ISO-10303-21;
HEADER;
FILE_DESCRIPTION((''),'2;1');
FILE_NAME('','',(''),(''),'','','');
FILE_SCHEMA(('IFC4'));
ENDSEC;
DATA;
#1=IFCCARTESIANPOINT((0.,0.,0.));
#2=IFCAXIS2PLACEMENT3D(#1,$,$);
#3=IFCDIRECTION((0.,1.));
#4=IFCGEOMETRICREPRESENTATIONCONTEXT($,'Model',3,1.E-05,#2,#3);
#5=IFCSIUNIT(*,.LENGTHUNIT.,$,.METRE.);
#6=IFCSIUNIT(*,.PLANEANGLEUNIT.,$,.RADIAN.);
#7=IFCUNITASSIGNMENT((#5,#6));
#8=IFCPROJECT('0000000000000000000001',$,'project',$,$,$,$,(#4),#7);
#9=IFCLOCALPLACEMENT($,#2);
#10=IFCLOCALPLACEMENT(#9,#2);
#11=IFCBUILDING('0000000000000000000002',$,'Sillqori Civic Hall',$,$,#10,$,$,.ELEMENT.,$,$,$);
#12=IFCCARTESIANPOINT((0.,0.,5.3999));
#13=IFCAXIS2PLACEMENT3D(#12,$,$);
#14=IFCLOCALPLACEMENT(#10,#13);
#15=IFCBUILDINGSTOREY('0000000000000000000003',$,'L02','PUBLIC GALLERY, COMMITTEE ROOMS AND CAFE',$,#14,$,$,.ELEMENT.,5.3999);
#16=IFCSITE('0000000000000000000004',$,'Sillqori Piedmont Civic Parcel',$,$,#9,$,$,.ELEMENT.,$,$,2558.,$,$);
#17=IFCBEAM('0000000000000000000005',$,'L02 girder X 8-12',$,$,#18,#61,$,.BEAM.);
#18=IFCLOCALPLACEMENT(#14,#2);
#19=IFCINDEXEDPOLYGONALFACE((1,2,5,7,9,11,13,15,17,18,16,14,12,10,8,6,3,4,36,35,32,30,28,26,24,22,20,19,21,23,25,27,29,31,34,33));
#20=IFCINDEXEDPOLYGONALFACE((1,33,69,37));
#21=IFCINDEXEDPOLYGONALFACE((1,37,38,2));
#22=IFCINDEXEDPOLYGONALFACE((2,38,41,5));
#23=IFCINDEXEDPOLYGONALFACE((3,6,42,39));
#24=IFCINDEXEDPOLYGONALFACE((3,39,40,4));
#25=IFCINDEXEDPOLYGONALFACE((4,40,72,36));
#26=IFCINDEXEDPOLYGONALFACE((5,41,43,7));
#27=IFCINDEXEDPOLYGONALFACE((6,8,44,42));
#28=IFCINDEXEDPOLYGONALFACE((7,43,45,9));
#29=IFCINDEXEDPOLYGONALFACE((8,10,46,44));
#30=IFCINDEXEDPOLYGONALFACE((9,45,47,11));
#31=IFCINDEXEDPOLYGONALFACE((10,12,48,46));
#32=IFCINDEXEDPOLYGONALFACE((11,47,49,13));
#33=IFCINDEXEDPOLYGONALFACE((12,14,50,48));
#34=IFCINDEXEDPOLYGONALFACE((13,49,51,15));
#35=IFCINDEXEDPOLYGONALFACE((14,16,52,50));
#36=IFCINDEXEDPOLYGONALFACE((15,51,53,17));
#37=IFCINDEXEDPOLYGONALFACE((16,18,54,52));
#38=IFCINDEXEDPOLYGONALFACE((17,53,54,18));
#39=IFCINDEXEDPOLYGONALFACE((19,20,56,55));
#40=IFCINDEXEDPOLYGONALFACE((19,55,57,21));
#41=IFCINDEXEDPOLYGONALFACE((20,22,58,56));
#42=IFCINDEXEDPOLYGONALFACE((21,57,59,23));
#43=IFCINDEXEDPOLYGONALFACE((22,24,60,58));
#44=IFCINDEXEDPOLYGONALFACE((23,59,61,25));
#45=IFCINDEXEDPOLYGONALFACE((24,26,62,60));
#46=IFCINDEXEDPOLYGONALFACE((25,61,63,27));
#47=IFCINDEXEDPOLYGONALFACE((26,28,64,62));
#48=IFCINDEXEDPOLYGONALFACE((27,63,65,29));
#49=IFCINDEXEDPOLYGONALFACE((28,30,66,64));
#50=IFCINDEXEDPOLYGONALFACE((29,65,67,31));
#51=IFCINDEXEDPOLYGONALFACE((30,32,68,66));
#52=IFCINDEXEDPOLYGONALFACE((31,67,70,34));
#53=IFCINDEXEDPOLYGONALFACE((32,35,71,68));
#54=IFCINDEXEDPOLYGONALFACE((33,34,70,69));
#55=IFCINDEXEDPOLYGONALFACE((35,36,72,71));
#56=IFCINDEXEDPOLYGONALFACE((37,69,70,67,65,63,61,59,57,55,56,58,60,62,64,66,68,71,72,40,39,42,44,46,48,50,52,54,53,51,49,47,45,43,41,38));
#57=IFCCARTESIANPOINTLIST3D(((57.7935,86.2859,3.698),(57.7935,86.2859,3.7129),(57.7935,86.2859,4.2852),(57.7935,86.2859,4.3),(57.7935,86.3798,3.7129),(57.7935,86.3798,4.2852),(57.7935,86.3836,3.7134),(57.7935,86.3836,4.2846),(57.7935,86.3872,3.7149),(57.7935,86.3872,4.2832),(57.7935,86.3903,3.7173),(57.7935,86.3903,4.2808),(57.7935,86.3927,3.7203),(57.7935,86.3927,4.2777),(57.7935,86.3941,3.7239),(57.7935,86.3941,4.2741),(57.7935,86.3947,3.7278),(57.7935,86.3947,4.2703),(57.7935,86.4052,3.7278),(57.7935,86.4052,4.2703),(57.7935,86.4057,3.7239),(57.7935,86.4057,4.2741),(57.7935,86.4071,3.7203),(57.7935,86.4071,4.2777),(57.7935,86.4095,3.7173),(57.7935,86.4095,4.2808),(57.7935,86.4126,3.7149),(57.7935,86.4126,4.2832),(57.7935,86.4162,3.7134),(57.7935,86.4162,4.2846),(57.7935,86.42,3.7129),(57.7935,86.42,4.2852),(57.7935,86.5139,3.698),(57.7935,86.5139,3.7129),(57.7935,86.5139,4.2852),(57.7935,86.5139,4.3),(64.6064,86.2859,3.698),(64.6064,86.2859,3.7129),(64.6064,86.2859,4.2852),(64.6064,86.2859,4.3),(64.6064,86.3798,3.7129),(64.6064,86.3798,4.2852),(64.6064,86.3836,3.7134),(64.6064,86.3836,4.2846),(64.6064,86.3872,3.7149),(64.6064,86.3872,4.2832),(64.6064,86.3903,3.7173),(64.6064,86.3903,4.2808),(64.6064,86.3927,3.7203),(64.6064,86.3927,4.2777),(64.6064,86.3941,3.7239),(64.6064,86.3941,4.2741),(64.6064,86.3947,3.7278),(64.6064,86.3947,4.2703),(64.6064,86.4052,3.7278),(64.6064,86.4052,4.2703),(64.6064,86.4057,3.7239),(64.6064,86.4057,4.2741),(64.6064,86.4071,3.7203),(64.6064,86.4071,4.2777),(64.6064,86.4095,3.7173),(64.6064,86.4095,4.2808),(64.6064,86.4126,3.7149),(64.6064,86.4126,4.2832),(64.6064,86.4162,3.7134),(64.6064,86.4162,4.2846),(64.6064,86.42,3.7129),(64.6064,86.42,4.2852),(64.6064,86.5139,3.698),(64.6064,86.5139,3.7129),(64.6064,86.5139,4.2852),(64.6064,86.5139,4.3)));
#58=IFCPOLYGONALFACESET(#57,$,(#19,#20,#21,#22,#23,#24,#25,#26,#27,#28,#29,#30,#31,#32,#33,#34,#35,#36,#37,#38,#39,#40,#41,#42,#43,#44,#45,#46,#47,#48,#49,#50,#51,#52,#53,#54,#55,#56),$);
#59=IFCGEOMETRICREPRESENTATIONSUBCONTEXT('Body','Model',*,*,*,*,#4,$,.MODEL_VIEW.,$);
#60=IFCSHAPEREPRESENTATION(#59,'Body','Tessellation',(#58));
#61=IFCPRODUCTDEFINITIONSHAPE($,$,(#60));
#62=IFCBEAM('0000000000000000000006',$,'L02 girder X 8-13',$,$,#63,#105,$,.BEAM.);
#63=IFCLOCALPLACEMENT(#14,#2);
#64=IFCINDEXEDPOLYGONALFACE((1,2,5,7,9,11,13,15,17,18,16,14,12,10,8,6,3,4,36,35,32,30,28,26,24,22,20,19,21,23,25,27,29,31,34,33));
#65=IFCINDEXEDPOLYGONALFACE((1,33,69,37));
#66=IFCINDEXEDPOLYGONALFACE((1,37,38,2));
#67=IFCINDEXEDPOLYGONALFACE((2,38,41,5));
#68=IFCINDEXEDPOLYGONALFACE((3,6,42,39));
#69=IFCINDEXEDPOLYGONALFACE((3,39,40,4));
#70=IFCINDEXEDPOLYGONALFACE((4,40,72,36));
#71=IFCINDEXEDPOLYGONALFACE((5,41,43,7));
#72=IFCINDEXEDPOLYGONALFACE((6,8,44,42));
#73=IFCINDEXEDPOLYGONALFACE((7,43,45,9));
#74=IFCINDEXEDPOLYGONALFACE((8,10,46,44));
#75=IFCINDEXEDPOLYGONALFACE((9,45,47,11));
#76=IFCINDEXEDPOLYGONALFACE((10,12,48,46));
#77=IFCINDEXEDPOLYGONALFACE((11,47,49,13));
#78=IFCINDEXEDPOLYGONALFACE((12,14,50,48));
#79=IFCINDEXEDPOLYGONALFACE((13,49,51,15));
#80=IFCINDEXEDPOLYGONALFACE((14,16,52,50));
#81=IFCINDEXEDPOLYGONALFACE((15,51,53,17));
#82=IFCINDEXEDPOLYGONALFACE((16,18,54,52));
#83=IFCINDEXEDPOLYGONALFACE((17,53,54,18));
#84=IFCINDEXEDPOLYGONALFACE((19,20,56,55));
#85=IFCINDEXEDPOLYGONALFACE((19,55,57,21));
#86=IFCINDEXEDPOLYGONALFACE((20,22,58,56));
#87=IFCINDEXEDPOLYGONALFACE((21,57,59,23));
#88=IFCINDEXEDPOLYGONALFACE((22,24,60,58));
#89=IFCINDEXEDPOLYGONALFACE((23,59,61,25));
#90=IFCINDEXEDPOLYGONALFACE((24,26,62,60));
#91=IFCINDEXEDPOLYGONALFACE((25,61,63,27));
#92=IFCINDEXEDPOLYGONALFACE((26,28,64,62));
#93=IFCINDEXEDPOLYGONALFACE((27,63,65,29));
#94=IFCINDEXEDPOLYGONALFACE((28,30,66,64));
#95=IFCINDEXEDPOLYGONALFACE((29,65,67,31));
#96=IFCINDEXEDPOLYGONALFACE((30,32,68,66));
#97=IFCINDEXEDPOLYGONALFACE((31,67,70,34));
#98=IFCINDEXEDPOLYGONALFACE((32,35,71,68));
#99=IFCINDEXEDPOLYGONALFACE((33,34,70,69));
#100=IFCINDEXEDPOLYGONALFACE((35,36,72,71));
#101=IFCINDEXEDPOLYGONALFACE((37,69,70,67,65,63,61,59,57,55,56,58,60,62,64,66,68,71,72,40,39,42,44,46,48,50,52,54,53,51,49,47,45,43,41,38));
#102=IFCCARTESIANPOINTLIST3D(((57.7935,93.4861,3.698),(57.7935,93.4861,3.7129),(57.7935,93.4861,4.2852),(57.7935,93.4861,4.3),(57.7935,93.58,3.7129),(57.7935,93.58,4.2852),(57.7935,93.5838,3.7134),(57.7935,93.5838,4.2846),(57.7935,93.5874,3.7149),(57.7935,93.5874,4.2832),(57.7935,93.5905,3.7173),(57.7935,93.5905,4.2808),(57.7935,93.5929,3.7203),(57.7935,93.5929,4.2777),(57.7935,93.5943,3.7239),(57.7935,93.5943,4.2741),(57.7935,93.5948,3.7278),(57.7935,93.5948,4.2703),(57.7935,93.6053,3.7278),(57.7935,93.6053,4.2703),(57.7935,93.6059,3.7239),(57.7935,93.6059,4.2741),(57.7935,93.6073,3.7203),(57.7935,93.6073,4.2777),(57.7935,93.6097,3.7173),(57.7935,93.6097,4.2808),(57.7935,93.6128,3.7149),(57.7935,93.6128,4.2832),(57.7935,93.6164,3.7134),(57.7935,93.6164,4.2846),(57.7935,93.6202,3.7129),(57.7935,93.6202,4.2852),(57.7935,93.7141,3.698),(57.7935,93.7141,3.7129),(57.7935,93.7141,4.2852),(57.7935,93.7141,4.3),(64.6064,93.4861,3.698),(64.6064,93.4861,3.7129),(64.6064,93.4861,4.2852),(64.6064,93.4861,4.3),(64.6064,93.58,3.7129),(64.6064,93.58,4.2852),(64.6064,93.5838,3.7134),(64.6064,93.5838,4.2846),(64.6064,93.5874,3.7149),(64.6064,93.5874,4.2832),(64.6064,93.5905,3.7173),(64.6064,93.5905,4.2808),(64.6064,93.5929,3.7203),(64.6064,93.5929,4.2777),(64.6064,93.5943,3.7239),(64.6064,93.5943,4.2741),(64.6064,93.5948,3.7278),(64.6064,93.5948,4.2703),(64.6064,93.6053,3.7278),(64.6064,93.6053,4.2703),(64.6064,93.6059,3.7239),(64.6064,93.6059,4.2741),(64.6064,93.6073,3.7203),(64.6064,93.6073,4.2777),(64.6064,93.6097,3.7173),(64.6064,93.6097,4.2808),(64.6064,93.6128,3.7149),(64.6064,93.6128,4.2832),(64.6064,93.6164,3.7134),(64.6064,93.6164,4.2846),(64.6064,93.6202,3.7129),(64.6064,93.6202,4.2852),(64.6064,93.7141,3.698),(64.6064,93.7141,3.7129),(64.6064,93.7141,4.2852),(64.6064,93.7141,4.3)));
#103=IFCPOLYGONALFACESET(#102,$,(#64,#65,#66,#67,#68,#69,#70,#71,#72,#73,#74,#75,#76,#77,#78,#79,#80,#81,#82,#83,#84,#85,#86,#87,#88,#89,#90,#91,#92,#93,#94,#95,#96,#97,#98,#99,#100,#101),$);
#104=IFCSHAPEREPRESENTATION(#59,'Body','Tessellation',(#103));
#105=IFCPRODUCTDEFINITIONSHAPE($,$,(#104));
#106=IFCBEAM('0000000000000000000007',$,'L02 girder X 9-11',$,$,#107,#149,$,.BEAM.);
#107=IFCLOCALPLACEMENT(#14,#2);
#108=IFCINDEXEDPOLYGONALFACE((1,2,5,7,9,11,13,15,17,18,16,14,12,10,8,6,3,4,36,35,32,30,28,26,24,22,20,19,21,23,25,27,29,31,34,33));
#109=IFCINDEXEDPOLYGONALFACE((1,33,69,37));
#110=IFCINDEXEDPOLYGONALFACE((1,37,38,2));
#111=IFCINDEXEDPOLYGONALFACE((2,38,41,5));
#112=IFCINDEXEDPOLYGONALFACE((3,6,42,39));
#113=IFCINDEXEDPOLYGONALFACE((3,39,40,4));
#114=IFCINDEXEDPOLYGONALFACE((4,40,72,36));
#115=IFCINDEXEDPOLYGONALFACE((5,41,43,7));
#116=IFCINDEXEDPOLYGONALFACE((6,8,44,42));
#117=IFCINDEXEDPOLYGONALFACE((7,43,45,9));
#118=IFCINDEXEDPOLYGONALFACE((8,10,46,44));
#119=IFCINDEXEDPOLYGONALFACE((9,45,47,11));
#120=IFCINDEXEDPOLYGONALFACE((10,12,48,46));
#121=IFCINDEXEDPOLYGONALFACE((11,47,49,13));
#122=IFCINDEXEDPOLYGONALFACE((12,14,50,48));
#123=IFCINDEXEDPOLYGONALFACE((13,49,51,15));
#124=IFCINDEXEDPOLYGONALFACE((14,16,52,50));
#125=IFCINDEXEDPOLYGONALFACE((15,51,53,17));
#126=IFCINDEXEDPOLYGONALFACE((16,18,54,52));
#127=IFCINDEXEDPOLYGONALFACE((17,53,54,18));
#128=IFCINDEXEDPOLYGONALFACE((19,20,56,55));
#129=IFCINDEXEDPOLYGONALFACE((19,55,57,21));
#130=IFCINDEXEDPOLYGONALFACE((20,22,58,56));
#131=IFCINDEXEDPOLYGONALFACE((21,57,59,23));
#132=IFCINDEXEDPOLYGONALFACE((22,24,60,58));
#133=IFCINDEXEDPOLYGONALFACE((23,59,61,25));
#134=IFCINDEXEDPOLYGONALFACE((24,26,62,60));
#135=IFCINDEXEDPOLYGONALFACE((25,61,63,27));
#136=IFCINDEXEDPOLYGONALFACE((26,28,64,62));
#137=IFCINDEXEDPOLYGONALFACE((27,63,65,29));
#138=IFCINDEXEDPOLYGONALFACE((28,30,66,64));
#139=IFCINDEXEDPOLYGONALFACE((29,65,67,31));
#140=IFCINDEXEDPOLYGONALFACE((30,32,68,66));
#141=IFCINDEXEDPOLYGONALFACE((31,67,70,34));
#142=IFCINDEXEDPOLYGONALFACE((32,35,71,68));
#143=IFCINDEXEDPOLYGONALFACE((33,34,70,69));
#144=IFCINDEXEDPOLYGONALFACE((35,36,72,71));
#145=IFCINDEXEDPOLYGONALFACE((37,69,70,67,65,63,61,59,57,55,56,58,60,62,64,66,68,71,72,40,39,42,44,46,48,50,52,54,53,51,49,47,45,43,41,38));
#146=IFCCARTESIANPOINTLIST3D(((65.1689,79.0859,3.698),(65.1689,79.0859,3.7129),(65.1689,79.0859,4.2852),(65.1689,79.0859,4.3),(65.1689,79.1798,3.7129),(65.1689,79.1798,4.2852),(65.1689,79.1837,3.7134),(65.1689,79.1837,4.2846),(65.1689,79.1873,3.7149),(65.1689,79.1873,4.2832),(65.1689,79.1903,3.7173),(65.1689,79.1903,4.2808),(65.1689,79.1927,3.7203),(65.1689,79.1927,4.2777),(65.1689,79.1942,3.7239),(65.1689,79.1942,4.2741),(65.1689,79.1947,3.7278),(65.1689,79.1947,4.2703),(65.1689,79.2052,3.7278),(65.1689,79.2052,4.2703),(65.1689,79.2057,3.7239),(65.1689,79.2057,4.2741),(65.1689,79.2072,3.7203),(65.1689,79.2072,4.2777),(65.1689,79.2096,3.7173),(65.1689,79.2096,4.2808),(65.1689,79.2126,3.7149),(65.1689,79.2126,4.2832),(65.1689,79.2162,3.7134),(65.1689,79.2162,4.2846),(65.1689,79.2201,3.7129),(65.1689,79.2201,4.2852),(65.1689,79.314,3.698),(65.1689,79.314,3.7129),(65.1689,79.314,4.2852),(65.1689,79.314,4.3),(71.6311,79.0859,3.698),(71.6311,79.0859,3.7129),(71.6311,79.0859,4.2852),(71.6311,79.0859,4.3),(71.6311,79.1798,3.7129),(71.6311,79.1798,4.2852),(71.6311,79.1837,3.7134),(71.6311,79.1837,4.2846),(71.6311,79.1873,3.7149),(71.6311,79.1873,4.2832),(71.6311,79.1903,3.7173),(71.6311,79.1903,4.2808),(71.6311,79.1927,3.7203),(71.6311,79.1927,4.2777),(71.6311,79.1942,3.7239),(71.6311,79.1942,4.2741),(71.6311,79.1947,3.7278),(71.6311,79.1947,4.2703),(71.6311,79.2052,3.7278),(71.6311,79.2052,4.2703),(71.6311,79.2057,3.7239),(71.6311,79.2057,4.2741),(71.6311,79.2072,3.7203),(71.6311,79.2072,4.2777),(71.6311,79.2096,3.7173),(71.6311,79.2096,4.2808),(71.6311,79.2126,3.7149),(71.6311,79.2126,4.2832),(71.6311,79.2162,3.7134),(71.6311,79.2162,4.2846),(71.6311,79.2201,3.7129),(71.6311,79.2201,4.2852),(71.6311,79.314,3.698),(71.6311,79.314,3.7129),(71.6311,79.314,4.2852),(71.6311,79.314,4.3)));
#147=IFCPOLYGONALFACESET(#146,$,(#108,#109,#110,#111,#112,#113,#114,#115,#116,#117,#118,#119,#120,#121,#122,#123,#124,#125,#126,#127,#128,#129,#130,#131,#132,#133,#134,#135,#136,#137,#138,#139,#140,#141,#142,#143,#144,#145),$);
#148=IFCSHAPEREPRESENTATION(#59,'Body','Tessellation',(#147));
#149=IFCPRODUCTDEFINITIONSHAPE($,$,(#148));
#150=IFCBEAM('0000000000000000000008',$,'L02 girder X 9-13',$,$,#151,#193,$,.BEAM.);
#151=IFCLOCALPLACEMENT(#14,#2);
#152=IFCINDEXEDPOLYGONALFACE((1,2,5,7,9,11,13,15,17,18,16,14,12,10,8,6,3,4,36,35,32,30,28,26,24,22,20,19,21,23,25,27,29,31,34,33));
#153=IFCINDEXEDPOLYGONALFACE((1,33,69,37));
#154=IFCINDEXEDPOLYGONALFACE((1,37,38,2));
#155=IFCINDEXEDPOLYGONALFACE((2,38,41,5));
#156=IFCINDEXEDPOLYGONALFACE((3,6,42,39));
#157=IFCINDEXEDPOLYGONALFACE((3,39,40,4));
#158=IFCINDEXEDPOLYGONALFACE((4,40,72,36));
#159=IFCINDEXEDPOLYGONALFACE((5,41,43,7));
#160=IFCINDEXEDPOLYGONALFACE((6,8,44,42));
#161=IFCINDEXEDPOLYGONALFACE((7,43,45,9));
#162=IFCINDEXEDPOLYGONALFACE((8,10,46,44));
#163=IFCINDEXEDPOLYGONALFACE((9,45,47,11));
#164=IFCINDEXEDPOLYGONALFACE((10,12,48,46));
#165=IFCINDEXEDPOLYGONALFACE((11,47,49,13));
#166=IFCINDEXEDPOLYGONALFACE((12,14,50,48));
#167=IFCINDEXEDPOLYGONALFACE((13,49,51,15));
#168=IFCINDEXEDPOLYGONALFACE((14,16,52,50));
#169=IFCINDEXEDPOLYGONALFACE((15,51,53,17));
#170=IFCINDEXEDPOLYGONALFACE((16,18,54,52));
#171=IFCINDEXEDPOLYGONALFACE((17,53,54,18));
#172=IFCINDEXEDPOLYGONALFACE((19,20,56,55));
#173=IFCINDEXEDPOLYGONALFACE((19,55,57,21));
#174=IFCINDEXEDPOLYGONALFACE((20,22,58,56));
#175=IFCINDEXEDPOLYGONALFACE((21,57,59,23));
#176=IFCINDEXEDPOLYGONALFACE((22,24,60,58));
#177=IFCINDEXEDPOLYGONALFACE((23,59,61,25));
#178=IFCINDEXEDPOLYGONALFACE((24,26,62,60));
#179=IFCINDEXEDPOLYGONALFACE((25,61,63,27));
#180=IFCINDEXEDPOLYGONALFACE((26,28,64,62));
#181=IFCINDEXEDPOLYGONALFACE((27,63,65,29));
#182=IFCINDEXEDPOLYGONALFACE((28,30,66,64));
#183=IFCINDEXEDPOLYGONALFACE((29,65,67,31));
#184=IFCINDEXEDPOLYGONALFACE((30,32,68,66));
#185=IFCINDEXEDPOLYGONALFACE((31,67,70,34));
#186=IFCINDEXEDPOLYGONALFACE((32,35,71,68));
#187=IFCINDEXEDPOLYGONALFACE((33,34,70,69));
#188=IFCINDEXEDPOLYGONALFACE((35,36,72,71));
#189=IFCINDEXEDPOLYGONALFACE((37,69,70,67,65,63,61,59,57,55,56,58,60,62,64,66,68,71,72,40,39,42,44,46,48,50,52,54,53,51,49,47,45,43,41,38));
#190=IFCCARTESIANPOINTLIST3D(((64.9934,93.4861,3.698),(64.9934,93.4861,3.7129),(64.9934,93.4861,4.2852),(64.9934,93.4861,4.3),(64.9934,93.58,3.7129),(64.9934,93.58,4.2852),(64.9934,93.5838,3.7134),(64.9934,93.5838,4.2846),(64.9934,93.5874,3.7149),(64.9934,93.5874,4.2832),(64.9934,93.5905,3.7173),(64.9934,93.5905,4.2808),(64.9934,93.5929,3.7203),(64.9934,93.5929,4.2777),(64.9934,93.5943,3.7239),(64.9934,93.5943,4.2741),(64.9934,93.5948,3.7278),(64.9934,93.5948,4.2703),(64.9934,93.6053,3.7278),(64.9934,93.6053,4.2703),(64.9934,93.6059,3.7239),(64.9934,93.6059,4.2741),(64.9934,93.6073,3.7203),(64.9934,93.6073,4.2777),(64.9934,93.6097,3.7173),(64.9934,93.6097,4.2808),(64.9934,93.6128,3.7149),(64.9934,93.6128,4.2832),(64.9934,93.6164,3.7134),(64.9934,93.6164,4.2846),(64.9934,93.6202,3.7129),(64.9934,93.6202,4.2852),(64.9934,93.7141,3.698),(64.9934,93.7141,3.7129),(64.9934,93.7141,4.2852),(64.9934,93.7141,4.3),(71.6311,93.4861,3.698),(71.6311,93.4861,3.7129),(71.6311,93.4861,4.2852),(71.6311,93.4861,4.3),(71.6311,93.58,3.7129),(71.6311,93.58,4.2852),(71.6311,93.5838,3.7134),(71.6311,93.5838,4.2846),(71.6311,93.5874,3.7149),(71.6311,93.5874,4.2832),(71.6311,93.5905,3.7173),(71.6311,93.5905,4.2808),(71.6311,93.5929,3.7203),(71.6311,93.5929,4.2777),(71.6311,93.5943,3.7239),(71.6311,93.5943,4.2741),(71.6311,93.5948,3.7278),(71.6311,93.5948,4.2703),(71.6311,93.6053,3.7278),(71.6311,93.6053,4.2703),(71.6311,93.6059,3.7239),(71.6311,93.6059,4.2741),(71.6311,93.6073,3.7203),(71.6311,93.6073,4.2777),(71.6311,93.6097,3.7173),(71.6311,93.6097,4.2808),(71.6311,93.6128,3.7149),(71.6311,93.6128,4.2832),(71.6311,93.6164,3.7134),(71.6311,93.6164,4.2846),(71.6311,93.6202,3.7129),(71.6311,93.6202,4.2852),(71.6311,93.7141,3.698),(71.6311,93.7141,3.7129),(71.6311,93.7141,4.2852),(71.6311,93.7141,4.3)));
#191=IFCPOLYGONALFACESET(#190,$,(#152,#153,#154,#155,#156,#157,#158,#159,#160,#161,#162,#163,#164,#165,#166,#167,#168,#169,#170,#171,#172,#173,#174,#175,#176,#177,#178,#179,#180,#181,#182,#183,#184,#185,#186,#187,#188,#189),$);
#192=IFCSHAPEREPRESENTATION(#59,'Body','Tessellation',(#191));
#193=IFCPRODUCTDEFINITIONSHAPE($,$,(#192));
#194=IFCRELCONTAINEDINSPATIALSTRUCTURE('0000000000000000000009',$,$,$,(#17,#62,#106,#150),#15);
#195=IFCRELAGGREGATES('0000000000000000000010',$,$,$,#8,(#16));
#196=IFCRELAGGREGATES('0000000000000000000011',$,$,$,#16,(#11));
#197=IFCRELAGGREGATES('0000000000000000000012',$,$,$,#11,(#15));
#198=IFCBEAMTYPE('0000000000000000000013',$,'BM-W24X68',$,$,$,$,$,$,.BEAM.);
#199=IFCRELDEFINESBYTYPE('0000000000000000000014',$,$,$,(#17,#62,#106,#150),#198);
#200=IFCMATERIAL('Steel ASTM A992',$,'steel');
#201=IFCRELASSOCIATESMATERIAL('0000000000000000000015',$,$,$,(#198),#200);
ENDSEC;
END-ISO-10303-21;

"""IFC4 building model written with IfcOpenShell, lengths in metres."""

from ifc_helpers import new_model, si_unit, direction, frame, origin, origin_2d, place, context, subcontext, project, spatial, i_section, extrude, material, material_profile, profile_set, type_object, element, save


model = new_model("IFC4")

# Units and contexts
model_context = context("Model", 3, precision=1e-05, world=origin(), true_north=direction((0.0, 1.0)))
body_context = subcontext(model_context, "Body", "Model", "MODEL_VIEW")
ifc_project = project(units=[si_unit("LENGTHUNIT", "METRE"), si_unit("PLANEANGLEUNIT", "RADIAN")], contexts=[model_context])

# Site, building, storey
site_placement = place(None, origin())
site = spatial("IfcSite", under=ifc_project, at=site_placement, Name="Sillqori Piedmont Civic Parcel", CompositionType="ELEMENT", RefElevation=2558.0)
building_placement = place(site_placement, origin())
building = spatial("IfcBuilding", under=site, at=building_placement, Name="Sillqori Civic Hall", CompositionType="ELEMENT")
storey_placement = place(building_placement, frame((0.0, 0.0, 5.3999)))
storey = spatial("IfcBuildingStorey", under=building, at=storey_placement, Name="L02", Description="PUBLIC GALLERY, COMMITTEE ROOMS AND CAFE", CompositionType="ELEMENT", Elevation=5.3999)

# Shared definitions
ifc_material_1 = material(Name="Steel ASTM A992", Category="steel")

# Beams
ifc_material_profile_1 = material_profile(ifc_material_1, i_section(OverallWidth=0.228, OverallDepth=0.6021, WebThickness=0.0105, FlangeThickness=0.0149, FilletRadius=0.0149, at=origin_2d()), Name="W24X68")
ifc_profile_set_1 = profile_set([ifc_material_profile_1], Name="Steel ASTM A992")
beam_type_1 = type_object("IfcBeamType", Name="BM-W24X68", PredefinedType="BEAM", material=ifc_profile_set_1)
for number, where, z_axis, x_axis, name in (
    (1, (57.7935, 86.3999, 3.999), (1.0, 0.0, 0.0), (0.0, 1.0, 0.0), "L02 girder X 8-12"),
    (2, (57.7935, 93.6001, 3.999), (1.0, 0.0, 0.0), (0.0, 1.0, 0.0), "L02 girder X 8-13"),
):
    element("IfcBeam", number, at=place(storey_placement, frame(where, z_axis=z_axis, x_axis=x_axis)), inside=storey, type_object=beam_type_1, Name=name, PredefinedType="BEAM", context=body_context, shape_type="SweptSolid", body=[
        extrude(i_section(OverallWidth=0.228, OverallDepth=0.6021, WebThickness=0.0105, FlangeThickness=0.0149, FilletRadius=0.0149, at=origin_2d()), origin(), (0.0, 0.0, 1.0), 6.813),
    ])
beam_1_placement = place(storey_placement, frame((65.1689, 79.2, 3.999), z_axis=(1.0, 0.0, 0.0), x_axis=(0.0, 1.0, 0.0)))
element("IfcBeam", 3, at=beam_1_placement, inside=storey, type_object=beam_type_1, Name="L02 girder X 9-11", PredefinedType="BEAM", context=body_context, shape_type="SweptSolid", body=[
    extrude(i_section(OverallWidth=0.228, OverallDepth=0.6021, WebThickness=0.0105, FlangeThickness=0.0149, FilletRadius=0.0149, at=origin_2d()), origin(), (0.0, 0.0, 1.0), 6.4622),
])
beam_2_placement = place(storey_placement, frame((64.9934, 93.6001, 3.999), z_axis=(1.0, 0.0, 0.0), x_axis=(0.0, 1.0, 0.0)))
element("IfcBeam", 4, at=beam_2_placement, inside=storey, type_object=beam_type_1, Name="L02 girder X 9-13", PredefinedType="BEAM", context=body_context, shape_type="SweptSolid", body=[
    extrude(i_section(OverallWidth=0.228, OverallDepth=0.6021, WebThickness=0.0105, FlangeThickness=0.0149, FilletRadius=0.0149, at=origin_2d()), origin(), (0.0, 0.0, 1.0), 6.6377),
])

save(model, "model.ifc")
